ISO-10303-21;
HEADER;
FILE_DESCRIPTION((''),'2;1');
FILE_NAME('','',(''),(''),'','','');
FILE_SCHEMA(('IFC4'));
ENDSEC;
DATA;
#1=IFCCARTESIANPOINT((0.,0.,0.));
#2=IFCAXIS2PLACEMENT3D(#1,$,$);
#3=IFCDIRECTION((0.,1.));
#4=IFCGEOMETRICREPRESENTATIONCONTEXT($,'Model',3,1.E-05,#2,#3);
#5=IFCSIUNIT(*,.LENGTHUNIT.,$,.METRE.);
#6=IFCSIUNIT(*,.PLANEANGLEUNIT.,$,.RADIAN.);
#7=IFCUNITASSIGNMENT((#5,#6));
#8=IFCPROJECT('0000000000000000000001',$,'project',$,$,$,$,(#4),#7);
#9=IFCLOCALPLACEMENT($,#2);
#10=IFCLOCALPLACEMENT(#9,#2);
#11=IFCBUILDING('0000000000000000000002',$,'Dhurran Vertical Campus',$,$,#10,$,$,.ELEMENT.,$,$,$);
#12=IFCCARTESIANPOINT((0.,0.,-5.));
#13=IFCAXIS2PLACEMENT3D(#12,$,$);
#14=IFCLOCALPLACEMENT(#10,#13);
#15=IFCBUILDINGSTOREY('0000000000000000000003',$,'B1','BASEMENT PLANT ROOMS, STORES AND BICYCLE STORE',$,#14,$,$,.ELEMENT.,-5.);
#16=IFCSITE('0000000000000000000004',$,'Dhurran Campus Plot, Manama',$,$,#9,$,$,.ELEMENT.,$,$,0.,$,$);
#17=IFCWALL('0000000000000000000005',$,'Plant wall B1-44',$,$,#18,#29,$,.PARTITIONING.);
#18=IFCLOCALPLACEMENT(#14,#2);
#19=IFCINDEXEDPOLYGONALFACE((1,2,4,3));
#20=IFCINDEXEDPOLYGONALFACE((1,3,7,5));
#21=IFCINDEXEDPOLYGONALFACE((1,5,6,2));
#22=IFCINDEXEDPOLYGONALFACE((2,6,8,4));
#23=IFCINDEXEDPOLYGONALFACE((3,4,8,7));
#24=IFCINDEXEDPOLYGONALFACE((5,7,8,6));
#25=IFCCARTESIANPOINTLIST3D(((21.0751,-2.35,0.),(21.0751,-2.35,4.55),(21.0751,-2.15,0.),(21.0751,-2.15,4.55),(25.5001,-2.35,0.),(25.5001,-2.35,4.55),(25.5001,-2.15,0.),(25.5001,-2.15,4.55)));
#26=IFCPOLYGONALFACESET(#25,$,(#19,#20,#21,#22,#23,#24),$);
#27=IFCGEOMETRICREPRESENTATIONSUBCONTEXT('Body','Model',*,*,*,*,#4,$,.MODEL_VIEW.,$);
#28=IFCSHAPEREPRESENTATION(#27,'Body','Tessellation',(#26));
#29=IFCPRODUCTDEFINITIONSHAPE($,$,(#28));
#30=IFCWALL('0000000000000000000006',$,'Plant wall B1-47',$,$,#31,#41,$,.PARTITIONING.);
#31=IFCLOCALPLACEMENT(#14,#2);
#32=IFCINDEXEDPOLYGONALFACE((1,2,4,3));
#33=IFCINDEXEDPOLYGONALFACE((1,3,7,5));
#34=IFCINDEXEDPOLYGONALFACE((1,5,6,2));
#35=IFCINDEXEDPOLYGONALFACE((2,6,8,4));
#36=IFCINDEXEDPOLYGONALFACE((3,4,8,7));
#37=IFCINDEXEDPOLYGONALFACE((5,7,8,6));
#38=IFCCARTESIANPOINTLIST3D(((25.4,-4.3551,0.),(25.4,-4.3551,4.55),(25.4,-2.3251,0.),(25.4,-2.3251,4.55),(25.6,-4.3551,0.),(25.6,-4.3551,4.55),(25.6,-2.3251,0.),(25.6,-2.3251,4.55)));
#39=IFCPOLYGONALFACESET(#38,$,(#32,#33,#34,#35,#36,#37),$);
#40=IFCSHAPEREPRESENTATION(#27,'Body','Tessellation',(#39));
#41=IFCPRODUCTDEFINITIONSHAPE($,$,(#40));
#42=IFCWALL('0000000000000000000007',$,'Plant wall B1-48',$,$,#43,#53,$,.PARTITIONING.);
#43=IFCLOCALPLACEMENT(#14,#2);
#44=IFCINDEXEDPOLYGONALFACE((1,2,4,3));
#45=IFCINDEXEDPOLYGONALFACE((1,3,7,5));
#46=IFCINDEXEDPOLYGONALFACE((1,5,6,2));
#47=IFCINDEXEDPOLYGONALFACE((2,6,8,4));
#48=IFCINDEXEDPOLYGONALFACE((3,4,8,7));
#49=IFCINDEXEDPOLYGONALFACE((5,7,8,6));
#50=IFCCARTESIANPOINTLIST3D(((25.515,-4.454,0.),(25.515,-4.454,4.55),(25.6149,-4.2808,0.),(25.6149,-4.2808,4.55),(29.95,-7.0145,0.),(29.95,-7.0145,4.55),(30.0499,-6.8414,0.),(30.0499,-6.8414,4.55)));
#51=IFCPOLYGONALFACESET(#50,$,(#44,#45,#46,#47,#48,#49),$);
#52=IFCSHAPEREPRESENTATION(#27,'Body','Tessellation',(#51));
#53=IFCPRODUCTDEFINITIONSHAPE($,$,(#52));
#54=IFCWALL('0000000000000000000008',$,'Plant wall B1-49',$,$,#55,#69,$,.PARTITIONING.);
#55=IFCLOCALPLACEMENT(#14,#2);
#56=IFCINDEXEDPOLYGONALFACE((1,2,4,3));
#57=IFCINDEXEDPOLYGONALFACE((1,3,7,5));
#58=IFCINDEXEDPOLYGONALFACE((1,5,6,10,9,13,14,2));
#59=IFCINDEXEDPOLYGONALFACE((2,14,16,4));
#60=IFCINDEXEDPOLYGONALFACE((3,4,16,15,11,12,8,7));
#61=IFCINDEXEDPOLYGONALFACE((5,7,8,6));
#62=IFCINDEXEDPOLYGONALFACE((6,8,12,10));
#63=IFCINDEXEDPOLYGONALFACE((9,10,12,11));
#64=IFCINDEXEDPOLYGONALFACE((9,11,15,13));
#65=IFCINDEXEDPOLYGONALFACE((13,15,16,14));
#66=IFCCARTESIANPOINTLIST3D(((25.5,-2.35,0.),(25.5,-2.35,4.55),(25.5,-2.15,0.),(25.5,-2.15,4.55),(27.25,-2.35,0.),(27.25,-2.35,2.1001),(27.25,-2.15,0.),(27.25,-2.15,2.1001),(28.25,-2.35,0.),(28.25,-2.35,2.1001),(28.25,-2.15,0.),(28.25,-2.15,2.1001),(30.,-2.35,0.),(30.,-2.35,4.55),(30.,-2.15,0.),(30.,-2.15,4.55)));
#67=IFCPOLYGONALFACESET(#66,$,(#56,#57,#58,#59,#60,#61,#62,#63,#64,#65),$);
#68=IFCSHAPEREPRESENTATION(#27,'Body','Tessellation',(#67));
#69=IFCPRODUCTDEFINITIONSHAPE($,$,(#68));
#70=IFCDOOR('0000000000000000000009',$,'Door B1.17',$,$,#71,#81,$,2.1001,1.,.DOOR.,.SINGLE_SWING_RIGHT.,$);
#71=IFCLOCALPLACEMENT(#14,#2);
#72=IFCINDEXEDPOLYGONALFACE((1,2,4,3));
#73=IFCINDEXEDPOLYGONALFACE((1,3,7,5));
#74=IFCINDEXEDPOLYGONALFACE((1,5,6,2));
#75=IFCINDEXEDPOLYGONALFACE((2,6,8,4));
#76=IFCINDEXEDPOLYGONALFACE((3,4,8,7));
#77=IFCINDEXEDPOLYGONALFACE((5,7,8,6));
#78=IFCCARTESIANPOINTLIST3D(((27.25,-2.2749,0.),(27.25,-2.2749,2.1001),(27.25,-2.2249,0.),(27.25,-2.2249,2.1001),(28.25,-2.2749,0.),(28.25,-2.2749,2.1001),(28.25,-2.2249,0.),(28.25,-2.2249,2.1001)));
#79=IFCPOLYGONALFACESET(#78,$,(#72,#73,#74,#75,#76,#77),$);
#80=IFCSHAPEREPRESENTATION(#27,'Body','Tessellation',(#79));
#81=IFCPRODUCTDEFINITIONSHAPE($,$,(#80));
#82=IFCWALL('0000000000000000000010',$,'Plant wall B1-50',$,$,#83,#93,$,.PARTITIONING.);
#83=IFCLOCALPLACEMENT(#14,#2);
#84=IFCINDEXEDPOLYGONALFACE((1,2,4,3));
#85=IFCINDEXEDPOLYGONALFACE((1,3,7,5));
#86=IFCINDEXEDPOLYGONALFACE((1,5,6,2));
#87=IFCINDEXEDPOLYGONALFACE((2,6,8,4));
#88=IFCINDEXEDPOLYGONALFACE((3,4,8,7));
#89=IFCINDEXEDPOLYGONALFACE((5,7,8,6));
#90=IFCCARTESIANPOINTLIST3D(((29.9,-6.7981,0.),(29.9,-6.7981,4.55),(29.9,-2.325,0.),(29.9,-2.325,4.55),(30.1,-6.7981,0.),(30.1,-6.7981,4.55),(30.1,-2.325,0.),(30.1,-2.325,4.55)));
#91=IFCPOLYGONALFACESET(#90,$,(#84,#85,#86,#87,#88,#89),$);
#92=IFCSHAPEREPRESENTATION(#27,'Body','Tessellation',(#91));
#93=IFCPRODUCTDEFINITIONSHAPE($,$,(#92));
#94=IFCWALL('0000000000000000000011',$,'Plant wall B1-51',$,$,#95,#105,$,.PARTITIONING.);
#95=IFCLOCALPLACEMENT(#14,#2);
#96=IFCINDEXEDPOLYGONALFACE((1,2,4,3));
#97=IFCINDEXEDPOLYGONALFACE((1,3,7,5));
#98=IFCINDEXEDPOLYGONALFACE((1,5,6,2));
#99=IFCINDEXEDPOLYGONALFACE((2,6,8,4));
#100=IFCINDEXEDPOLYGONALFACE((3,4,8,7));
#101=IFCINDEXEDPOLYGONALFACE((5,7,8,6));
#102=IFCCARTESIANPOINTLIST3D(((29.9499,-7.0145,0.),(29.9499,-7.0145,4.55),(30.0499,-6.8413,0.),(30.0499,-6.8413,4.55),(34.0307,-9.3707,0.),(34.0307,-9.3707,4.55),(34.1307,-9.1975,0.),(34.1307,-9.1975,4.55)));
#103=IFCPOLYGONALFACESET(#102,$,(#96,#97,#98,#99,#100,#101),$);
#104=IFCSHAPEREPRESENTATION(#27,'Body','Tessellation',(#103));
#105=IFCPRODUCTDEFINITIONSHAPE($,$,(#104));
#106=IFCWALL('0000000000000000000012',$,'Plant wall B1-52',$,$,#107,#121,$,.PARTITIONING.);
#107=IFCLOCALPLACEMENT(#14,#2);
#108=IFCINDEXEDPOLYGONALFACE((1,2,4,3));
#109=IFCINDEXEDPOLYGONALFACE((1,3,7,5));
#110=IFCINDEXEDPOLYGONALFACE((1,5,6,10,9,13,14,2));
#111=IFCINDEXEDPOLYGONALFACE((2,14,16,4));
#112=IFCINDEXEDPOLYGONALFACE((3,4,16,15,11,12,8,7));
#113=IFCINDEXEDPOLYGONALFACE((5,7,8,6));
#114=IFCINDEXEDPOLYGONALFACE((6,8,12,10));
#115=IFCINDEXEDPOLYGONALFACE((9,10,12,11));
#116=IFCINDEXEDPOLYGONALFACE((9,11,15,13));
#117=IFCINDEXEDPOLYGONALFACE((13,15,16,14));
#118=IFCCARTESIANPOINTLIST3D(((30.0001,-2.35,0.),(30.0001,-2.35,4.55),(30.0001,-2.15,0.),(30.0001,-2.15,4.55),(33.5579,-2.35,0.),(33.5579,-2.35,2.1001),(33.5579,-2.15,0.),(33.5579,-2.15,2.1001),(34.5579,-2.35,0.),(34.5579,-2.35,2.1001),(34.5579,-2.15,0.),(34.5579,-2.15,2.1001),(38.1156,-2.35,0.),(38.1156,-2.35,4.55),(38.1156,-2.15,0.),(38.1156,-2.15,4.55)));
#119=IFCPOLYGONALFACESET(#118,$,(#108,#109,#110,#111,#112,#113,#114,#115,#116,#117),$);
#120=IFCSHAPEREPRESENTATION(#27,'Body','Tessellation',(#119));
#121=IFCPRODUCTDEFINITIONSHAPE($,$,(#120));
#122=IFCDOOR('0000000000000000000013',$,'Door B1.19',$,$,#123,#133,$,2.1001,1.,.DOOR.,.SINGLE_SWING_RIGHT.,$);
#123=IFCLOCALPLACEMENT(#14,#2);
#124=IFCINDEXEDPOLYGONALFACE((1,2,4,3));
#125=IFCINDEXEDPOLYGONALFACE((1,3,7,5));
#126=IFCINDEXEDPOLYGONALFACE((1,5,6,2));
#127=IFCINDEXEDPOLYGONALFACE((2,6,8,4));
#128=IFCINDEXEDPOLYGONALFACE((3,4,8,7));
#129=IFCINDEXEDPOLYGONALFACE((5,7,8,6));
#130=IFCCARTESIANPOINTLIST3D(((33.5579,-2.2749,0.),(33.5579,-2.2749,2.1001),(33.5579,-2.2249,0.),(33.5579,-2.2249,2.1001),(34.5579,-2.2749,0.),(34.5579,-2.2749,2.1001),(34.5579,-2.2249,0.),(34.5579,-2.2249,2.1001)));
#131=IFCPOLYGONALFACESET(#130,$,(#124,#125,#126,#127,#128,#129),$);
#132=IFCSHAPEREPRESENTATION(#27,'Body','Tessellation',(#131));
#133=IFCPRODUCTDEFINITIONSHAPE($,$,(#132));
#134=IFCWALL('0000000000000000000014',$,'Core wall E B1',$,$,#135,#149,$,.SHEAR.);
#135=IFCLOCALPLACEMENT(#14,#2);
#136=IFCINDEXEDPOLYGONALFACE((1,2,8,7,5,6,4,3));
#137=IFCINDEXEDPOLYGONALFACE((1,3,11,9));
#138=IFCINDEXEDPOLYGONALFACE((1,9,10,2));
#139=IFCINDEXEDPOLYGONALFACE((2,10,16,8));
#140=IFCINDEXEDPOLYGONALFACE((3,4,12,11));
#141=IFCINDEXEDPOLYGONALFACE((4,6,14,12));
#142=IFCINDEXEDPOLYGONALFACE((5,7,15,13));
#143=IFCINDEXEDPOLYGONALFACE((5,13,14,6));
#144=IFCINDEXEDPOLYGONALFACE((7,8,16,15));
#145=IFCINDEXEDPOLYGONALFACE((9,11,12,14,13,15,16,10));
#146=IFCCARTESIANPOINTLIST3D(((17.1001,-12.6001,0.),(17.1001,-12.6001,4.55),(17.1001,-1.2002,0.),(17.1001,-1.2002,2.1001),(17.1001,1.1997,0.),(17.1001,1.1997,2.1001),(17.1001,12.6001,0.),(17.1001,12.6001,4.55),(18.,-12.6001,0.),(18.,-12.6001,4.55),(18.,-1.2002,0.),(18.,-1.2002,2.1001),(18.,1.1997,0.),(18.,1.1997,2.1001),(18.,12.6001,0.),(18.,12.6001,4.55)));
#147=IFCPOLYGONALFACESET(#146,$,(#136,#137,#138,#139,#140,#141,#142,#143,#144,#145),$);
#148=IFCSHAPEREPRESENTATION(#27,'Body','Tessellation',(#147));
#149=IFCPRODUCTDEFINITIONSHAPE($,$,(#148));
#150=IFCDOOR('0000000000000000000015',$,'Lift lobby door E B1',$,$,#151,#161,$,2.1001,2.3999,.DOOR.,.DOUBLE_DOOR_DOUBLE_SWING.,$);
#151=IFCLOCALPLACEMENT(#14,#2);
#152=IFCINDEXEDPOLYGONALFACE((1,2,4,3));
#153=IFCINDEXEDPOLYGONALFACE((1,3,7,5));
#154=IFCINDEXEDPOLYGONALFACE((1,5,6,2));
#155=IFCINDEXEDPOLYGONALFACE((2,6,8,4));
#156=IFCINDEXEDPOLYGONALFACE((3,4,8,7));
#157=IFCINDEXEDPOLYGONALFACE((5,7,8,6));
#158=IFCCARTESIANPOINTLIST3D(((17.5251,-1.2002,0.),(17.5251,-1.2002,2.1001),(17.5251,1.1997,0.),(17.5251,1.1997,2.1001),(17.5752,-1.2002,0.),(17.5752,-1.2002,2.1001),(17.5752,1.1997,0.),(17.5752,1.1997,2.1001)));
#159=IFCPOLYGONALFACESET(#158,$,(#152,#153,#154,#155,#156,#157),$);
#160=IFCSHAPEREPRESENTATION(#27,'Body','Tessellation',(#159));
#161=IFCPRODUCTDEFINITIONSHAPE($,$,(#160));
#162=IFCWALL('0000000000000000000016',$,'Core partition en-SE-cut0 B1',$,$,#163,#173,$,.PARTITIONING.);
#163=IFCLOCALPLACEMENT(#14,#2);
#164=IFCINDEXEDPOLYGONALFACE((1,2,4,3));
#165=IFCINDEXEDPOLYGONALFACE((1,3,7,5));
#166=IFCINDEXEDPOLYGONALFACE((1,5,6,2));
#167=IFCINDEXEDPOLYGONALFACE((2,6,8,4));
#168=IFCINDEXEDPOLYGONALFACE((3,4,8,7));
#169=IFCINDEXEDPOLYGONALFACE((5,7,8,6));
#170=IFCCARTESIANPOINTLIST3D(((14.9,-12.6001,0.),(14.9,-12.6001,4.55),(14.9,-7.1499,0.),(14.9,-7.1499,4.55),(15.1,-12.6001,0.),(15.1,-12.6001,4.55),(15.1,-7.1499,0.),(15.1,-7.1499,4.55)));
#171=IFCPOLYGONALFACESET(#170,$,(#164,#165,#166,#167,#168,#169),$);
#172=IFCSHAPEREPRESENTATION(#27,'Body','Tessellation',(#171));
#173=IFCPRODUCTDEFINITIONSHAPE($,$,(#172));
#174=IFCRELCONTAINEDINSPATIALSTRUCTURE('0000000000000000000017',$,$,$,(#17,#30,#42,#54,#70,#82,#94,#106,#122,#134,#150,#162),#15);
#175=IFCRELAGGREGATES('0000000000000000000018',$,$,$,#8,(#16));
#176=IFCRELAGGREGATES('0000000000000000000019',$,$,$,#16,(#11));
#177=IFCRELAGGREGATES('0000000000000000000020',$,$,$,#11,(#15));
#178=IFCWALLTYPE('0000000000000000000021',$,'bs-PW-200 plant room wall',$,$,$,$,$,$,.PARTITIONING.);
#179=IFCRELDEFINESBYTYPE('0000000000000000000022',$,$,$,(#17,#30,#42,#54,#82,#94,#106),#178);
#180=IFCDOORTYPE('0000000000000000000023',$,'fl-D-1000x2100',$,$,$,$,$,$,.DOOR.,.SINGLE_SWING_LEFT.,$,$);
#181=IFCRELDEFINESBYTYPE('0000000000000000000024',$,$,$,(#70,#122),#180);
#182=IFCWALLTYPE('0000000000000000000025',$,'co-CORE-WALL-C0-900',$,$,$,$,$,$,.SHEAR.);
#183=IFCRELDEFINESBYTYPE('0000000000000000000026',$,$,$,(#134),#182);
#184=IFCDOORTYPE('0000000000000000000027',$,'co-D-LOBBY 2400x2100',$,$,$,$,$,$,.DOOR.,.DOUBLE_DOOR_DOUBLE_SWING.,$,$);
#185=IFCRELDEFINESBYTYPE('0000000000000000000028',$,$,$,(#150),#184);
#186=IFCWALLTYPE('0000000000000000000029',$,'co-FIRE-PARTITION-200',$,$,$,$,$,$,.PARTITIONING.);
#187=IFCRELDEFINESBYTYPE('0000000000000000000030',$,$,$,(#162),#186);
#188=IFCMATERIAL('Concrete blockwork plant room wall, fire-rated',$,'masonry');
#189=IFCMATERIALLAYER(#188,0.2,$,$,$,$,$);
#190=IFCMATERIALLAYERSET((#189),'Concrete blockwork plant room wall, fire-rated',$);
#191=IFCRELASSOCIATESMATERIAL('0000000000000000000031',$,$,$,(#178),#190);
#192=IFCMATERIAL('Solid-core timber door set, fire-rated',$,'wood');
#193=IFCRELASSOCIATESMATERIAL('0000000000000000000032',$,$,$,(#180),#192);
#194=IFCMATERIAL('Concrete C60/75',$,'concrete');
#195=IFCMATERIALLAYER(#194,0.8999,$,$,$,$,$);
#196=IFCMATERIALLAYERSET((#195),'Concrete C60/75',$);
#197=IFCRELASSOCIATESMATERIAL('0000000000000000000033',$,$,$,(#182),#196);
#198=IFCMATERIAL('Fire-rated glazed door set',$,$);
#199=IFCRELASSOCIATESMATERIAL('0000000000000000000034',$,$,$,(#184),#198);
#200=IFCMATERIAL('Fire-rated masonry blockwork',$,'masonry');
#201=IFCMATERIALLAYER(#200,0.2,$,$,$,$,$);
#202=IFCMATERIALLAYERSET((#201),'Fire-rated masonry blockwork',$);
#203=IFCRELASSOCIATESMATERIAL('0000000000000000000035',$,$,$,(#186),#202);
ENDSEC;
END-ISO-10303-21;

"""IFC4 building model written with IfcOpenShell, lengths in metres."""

from ifc_helpers import new_model, si_unit, direction, frame, frame_2d, origin, place, context, subcontext, project, spatial, rectangle, extrude, material, layer, layer_set, type_object, element, fill, save


model = new_model("IFC4")

# Units and contexts
model_context = context("Model", 3, precision=1e-05, world=origin(), true_north=direction((0.0, 1.0)))
body_context = subcontext(model_context, "Body", "Model", "MODEL_VIEW")
ifc_project = project(units=[si_unit("LENGTHUNIT", "METRE"), si_unit("PLANEANGLEUNIT", "RADIAN")], contexts=[model_context])

# Site, building, storey
site_placement = place(None, origin())
site = spatial("IfcSite", under=ifc_project, at=site_placement, Name="Dhurran Campus Plot, Manama", CompositionType="ELEMENT", RefElevation=0.0)
building_placement = place(site_placement, origin())
building = spatial("IfcBuilding", under=site, at=building_placement, Name="Dhurran Vertical Campus", CompositionType="ELEMENT")
storey_placement = place(building_placement, frame((0.0, 0.0, -5.0)))
storey = spatial("IfcBuildingStorey", under=building, at=storey_placement, Name="B1", Description="BASEMENT PLANT ROOMS, STORES AND BICYCLE STORE", CompositionType="ELEMENT", Elevation=-5.0)

# Walls
ifc_material_1 = material(Name="Concrete blockwork plant room wall, fire-rated", Category="masonry")
ifc_layer_1 = layer(ifc_material_1, 0.2)
ifc_layer_set_1 = layer_set([ifc_layer_1], Name="Concrete blockwork plant room wall, fire-rated")
wall_type_1 = type_object("IfcWallType", Name="bs-PW-200 plant room wall", PredefinedType="PARTITIONING", material=ifc_layer_set_1)
wall_1_placement = place(storey_placement, frame((25.5, -2.25, 0.0), z_axis=(0.0, 0.0, 1.0), x_axis=(-1.0, 0.0, 0.0)))
element("IfcWall", 1, at=wall_1_placement, inside=storey, type_object=wall_type_1, Name="Plant wall B1-44", PredefinedType="PARTITIONING", context=body_context, shape_type="SweptSolid", body=[
    extrude(rectangle(XDim=4.425, YDim=0.2, at=frame_2d((2.2124, 0.0))), origin(), (0.0, 0.0, 1.0), 4.55),
])
wall_2_placement = place(storey_placement, frame((25.5, -2.325, 0.0), z_axis=(0.0, 0.0, 1.0), x_axis=(0.0, -1.0, 0.0)))
element("IfcWall", 2, at=wall_2_placement, inside=storey, type_object=wall_type_1, Name="Plant wall B1-47", PredefinedType="PARTITIONING", context=body_context, shape_type="SweptSolid", body=[
    extrude(rectangle(XDim=2.03, YDim=0.2, at=frame_2d((1.0151, 0.0))), origin(), (0.0, 0.0, 1.0), 4.55),
])
wall_3_placement = place(storey_placement, frame((25.5649, -4.3674, 0.0), z_axis=(0.0, 0.0, 1.0), x_axis=(0.866028, -0.499995, 0.0)))
element("IfcWall", 3, at=wall_3_placement, inside=storey, type_object=wall_type_1, Name="Plant wall B1-48", PredefinedType="PARTITIONING", context=body_context, shape_type="SweptSolid", body=[
    extrude(rectangle(XDim=5.1211, YDim=0.2, at=frame_2d((2.5605, 0.0))), origin(), (0.0, 0.0, 1.0), 4.55),
])

# Wall, opening, door
wall_4_placement = place(storey_placement, frame((30.0, -2.25, 0.0), z_axis=(0.0, 0.0, 1.0), x_axis=(-1.0, 0.0, 0.0)))
wall_4 = element("IfcWall", 4, at=wall_4_placement, inside=storey, type_object=wall_type_1, Name="Plant wall B1-49", PredefinedType="PARTITIONING", context=body_context, shape_type="SweptSolid", body=[
    extrude(rectangle(XDim=4.5, YDim=0.2, at=frame_2d((2.25, 0.0))), origin(), (0.0, 0.0, 1.0), 4.55),
])
opening_1_placement = place(wall_4_placement, frame((1.75, 0.0, 0.0)))
opening_1 = element("IfcOpeningElement", 5, at=opening_1_placement, cuts=wall_4, PredefinedType="OPENING", context=body_context, shape_type="SweptSolid", body=[
    extrude(rectangle(XDim=1.0, YDim=2.1001, at=frame_2d((0.5, 1.05))), frame((0.0, 0.1099, 0.0), z_axis=(0.0, -1.0, 0.0), x_axis=(1.0, 0.0, 0.0)), (0.0, 0.0, 1.0), 0.22),
])
ifc_material_2 = material(Name="Solid-core timber door set, fire-rated", Category="wood")
door_type_1 = type_object("IfcDoorType", Name="fl-D-1000x2100", OperationType="SINGLE_SWING_LEFT", PredefinedType="DOOR", material=ifc_material_2)
door_1_placement = place(opening_1_placement, origin())
door_1 = element("IfcDoor", 6, at=door_1_placement, inside=storey, type_object=door_type_1, Name="Door B1.17", OperationType="SINGLE_SWING_RIGHT", OverallHeight=2.1001, OverallWidth=1.0, PredefinedType="DOOR", context=body_context, shape_type="SweptSolid", body=[
    extrude(rectangle(XDim=1.0, YDim=2.1001, at=frame_2d((0.5, 1.05))), frame((0.0, 0.0249, 0.0), z_axis=(0.0, -1.0, 0.0), x_axis=(1.0, 0.0, 0.0)), (0.0, 0.0, 1.0), 0.05),
])
fill(opening_1, door_1)

# Walls
wall_5_placement = place(storey_placement, frame((30.0, -2.325, 0.0), z_axis=(0.0, 0.0, 1.0), x_axis=(0.0, -1.0, 0.0)))
element("IfcWall", 7, at=wall_5_placement, inside=storey, type_object=wall_type_1, Name="Plant wall B1-50", PredefinedType="PARTITIONING", context=body_context, shape_type="SweptSolid", body=[
    extrude(rectangle(XDim=4.4731, YDim=0.2, at=frame_2d((2.2366, 0.0))), origin(), (0.0, 0.0, 1.0), 4.55),
])
wall_6_placement = place(storey_placement, frame((30.0, -6.928, 0.0), z_axis=(0.0, 0.0, 1.0), x_axis=(0.866012, -0.500023, 0.0)))
element("IfcWall", 8, at=wall_6_placement, inside=storey, type_object=wall_type_1, Name="Plant wall B1-51", PredefinedType="PARTITIONING", context=body_context, shape_type="SweptSolid", body=[
    extrude(rectangle(XDim=4.7122, YDim=0.2, at=frame_2d((2.356, 0.0))), origin(), (0.0, 0.0, 1.0), 4.55),
])

# Walls, openings, doors
wall_7_placement = place(storey_placement, frame((38.1155, -2.25, 0.0), z_axis=(0.0, 0.0, 1.0), x_axis=(-1.0, 0.0, 0.0)))
wall_7 = element("IfcWall", 9, at=wall_7_placement, inside=storey, type_object=wall_type_1, Name="Plant wall B1-52", PredefinedType="PARTITIONING", context=body_context, shape_type="SweptSolid", body=[
    extrude(rectangle(XDim=8.1155, YDim=0.2, at=frame_2d((4.0576, 0.0))), origin(), (0.0, 0.0, 1.0), 4.55),
])
opening_2_placement = place(wall_7_placement, frame((3.5576, 0.0, 0.0)))
opening_2 = element("IfcOpeningElement", 10, at=opening_2_placement, cuts=wall_7, PredefinedType="OPENING", context=body_context, shape_type="SweptSolid", body=[
    extrude(rectangle(XDim=1.0, YDim=2.1001, at=frame_2d((0.5, 1.05))), frame((0.0, 0.1099, 0.0), z_axis=(0.0, -1.0, 0.0), x_axis=(1.0, 0.0, 0.0)), (0.0, 0.0, 1.0), 0.22),
])
door_2_placement = place(opening_2_placement, origin())
door_2 = element("IfcDoor", 11, at=door_2_placement, inside=storey, type_object=door_type_1, Name="Door B1.19", OperationType="SINGLE_SWING_RIGHT", OverallHeight=2.1001, OverallWidth=1.0, PredefinedType="DOOR", context=body_context, shape_type="SweptSolid", body=[
    extrude(rectangle(XDim=1.0, YDim=2.1001, at=frame_2d((0.5, 1.05))), frame((0.0, 0.0249, 0.0), z_axis=(0.0, -1.0, 0.0), x_axis=(1.0, 0.0, 0.0)), (0.0, 0.0, 1.0), 0.05),
])
fill(opening_2, door_2)
ifc_material_3 = material(Name="Concrete C60/75", Category="concrete")
ifc_layer_2 = layer(ifc_material_3, 0.8999)
ifc_layer_set_2 = layer_set([ifc_layer_2], Name="Concrete C60/75")
wall_type_2 = type_object("IfcWallType", Name="co-CORE-WALL-C0-900", PredefinedType="SHEAR", material=ifc_layer_set_2)
wall_8_placement = place(storey_placement, frame((17.55, -12.6001, 0.0), z_axis=(0.0, 0.0, 1.0), x_axis=(0.0, 1.0, 0.0)))
wall_8 = element("IfcWall", 12, at=wall_8_placement, inside=storey, type_object=wall_type_2, Name="Core wall E B1", PredefinedType="SHEAR", context=body_context, shape_type="SweptSolid", body=[
    extrude(rectangle(XDim=25.2002, YDim=0.8999, at=frame_2d((12.6001, 0.0))), origin(), (0.0, 0.0, 1.0), 4.55),
])
opening_3_placement = place(wall_8_placement, frame((11.3999, 0.0, 0.0)))
opening_3 = element("IfcOpeningElement", 13, at=opening_3_placement, cuts=wall_8, PredefinedType="OPENING", context=body_context, shape_type="SweptSolid", body=[
    extrude(rectangle(XDim=2.3999, YDim=2.1001, at=frame_2d((1.2, 1.05))), frame((0.0, 0.46, 0.0), z_axis=(0.0, -1.0, 0.0), x_axis=(1.0, 0.0, 0.0)), (0.0, 0.0, 1.0), 0.9199),
])
ifc_material_4 = material(Name="Fire-rated glazed door set")
door_type_2 = type_object("IfcDoorType", Name="co-D-LOBBY 2400x2100", OperationType="DOUBLE_DOOR_DOUBLE_SWING", PredefinedType="DOOR", material=ifc_material_4)
door_3_placement = place(opening_3_placement, origin())
door_3 = element("IfcDoor", 14, at=door_3_placement, inside=storey, type_object=door_type_2, Name="Lift lobby door E B1", OperationType="DOUBLE_DOOR_DOUBLE_SWING", OverallHeight=2.1001, OverallWidth=2.3999, PredefinedType="DOOR", context=body_context, shape_type="SweptSolid", body=[
    extrude(rectangle(XDim=2.3999, YDim=2.1001, at=frame_2d((1.2, 1.05))), frame((0.0, 0.0249, 0.0), z_axis=(0.0, -1.0, 0.0), x_axis=(1.0, 0.0, 0.0)), (0.0, 0.0, 1.0), 0.05),
])
fill(opening_3, door_3)

# Wall
ifc_material_5 = material(Name="Fire-rated masonry blockwork", Category="masonry")
ifc_layer_3 = layer(ifc_material_5, 0.2)
ifc_layer_set_3 = layer_set([ifc_layer_3], Name="Fire-rated masonry blockwork")
wall_type_3 = type_object("IfcWallType", Name="co-FIRE-PARTITION-200", PredefinedType="PARTITIONING", material=ifc_layer_set_3)
wall_9_placement = place(storey_placement, frame((15.0, -12.6001, 0.0), z_axis=(0.0, 0.0, 1.0), x_axis=(0.0, 1.0, 0.0)))
element("IfcWall", 15, at=wall_9_placement, inside=storey, type_object=wall_type_3, Name="Core partition en-SE-cut0 B1", PredefinedType="PARTITIONING", context=body_context, shape_type="SweptSolid", body=[
    extrude(rectangle(XDim=5.4502, YDim=0.2, at=frame_2d((2.7251, 0.0))), origin(), (0.0, 0.0, 1.0), 4.55),
])

save(model, "model.ifc")
